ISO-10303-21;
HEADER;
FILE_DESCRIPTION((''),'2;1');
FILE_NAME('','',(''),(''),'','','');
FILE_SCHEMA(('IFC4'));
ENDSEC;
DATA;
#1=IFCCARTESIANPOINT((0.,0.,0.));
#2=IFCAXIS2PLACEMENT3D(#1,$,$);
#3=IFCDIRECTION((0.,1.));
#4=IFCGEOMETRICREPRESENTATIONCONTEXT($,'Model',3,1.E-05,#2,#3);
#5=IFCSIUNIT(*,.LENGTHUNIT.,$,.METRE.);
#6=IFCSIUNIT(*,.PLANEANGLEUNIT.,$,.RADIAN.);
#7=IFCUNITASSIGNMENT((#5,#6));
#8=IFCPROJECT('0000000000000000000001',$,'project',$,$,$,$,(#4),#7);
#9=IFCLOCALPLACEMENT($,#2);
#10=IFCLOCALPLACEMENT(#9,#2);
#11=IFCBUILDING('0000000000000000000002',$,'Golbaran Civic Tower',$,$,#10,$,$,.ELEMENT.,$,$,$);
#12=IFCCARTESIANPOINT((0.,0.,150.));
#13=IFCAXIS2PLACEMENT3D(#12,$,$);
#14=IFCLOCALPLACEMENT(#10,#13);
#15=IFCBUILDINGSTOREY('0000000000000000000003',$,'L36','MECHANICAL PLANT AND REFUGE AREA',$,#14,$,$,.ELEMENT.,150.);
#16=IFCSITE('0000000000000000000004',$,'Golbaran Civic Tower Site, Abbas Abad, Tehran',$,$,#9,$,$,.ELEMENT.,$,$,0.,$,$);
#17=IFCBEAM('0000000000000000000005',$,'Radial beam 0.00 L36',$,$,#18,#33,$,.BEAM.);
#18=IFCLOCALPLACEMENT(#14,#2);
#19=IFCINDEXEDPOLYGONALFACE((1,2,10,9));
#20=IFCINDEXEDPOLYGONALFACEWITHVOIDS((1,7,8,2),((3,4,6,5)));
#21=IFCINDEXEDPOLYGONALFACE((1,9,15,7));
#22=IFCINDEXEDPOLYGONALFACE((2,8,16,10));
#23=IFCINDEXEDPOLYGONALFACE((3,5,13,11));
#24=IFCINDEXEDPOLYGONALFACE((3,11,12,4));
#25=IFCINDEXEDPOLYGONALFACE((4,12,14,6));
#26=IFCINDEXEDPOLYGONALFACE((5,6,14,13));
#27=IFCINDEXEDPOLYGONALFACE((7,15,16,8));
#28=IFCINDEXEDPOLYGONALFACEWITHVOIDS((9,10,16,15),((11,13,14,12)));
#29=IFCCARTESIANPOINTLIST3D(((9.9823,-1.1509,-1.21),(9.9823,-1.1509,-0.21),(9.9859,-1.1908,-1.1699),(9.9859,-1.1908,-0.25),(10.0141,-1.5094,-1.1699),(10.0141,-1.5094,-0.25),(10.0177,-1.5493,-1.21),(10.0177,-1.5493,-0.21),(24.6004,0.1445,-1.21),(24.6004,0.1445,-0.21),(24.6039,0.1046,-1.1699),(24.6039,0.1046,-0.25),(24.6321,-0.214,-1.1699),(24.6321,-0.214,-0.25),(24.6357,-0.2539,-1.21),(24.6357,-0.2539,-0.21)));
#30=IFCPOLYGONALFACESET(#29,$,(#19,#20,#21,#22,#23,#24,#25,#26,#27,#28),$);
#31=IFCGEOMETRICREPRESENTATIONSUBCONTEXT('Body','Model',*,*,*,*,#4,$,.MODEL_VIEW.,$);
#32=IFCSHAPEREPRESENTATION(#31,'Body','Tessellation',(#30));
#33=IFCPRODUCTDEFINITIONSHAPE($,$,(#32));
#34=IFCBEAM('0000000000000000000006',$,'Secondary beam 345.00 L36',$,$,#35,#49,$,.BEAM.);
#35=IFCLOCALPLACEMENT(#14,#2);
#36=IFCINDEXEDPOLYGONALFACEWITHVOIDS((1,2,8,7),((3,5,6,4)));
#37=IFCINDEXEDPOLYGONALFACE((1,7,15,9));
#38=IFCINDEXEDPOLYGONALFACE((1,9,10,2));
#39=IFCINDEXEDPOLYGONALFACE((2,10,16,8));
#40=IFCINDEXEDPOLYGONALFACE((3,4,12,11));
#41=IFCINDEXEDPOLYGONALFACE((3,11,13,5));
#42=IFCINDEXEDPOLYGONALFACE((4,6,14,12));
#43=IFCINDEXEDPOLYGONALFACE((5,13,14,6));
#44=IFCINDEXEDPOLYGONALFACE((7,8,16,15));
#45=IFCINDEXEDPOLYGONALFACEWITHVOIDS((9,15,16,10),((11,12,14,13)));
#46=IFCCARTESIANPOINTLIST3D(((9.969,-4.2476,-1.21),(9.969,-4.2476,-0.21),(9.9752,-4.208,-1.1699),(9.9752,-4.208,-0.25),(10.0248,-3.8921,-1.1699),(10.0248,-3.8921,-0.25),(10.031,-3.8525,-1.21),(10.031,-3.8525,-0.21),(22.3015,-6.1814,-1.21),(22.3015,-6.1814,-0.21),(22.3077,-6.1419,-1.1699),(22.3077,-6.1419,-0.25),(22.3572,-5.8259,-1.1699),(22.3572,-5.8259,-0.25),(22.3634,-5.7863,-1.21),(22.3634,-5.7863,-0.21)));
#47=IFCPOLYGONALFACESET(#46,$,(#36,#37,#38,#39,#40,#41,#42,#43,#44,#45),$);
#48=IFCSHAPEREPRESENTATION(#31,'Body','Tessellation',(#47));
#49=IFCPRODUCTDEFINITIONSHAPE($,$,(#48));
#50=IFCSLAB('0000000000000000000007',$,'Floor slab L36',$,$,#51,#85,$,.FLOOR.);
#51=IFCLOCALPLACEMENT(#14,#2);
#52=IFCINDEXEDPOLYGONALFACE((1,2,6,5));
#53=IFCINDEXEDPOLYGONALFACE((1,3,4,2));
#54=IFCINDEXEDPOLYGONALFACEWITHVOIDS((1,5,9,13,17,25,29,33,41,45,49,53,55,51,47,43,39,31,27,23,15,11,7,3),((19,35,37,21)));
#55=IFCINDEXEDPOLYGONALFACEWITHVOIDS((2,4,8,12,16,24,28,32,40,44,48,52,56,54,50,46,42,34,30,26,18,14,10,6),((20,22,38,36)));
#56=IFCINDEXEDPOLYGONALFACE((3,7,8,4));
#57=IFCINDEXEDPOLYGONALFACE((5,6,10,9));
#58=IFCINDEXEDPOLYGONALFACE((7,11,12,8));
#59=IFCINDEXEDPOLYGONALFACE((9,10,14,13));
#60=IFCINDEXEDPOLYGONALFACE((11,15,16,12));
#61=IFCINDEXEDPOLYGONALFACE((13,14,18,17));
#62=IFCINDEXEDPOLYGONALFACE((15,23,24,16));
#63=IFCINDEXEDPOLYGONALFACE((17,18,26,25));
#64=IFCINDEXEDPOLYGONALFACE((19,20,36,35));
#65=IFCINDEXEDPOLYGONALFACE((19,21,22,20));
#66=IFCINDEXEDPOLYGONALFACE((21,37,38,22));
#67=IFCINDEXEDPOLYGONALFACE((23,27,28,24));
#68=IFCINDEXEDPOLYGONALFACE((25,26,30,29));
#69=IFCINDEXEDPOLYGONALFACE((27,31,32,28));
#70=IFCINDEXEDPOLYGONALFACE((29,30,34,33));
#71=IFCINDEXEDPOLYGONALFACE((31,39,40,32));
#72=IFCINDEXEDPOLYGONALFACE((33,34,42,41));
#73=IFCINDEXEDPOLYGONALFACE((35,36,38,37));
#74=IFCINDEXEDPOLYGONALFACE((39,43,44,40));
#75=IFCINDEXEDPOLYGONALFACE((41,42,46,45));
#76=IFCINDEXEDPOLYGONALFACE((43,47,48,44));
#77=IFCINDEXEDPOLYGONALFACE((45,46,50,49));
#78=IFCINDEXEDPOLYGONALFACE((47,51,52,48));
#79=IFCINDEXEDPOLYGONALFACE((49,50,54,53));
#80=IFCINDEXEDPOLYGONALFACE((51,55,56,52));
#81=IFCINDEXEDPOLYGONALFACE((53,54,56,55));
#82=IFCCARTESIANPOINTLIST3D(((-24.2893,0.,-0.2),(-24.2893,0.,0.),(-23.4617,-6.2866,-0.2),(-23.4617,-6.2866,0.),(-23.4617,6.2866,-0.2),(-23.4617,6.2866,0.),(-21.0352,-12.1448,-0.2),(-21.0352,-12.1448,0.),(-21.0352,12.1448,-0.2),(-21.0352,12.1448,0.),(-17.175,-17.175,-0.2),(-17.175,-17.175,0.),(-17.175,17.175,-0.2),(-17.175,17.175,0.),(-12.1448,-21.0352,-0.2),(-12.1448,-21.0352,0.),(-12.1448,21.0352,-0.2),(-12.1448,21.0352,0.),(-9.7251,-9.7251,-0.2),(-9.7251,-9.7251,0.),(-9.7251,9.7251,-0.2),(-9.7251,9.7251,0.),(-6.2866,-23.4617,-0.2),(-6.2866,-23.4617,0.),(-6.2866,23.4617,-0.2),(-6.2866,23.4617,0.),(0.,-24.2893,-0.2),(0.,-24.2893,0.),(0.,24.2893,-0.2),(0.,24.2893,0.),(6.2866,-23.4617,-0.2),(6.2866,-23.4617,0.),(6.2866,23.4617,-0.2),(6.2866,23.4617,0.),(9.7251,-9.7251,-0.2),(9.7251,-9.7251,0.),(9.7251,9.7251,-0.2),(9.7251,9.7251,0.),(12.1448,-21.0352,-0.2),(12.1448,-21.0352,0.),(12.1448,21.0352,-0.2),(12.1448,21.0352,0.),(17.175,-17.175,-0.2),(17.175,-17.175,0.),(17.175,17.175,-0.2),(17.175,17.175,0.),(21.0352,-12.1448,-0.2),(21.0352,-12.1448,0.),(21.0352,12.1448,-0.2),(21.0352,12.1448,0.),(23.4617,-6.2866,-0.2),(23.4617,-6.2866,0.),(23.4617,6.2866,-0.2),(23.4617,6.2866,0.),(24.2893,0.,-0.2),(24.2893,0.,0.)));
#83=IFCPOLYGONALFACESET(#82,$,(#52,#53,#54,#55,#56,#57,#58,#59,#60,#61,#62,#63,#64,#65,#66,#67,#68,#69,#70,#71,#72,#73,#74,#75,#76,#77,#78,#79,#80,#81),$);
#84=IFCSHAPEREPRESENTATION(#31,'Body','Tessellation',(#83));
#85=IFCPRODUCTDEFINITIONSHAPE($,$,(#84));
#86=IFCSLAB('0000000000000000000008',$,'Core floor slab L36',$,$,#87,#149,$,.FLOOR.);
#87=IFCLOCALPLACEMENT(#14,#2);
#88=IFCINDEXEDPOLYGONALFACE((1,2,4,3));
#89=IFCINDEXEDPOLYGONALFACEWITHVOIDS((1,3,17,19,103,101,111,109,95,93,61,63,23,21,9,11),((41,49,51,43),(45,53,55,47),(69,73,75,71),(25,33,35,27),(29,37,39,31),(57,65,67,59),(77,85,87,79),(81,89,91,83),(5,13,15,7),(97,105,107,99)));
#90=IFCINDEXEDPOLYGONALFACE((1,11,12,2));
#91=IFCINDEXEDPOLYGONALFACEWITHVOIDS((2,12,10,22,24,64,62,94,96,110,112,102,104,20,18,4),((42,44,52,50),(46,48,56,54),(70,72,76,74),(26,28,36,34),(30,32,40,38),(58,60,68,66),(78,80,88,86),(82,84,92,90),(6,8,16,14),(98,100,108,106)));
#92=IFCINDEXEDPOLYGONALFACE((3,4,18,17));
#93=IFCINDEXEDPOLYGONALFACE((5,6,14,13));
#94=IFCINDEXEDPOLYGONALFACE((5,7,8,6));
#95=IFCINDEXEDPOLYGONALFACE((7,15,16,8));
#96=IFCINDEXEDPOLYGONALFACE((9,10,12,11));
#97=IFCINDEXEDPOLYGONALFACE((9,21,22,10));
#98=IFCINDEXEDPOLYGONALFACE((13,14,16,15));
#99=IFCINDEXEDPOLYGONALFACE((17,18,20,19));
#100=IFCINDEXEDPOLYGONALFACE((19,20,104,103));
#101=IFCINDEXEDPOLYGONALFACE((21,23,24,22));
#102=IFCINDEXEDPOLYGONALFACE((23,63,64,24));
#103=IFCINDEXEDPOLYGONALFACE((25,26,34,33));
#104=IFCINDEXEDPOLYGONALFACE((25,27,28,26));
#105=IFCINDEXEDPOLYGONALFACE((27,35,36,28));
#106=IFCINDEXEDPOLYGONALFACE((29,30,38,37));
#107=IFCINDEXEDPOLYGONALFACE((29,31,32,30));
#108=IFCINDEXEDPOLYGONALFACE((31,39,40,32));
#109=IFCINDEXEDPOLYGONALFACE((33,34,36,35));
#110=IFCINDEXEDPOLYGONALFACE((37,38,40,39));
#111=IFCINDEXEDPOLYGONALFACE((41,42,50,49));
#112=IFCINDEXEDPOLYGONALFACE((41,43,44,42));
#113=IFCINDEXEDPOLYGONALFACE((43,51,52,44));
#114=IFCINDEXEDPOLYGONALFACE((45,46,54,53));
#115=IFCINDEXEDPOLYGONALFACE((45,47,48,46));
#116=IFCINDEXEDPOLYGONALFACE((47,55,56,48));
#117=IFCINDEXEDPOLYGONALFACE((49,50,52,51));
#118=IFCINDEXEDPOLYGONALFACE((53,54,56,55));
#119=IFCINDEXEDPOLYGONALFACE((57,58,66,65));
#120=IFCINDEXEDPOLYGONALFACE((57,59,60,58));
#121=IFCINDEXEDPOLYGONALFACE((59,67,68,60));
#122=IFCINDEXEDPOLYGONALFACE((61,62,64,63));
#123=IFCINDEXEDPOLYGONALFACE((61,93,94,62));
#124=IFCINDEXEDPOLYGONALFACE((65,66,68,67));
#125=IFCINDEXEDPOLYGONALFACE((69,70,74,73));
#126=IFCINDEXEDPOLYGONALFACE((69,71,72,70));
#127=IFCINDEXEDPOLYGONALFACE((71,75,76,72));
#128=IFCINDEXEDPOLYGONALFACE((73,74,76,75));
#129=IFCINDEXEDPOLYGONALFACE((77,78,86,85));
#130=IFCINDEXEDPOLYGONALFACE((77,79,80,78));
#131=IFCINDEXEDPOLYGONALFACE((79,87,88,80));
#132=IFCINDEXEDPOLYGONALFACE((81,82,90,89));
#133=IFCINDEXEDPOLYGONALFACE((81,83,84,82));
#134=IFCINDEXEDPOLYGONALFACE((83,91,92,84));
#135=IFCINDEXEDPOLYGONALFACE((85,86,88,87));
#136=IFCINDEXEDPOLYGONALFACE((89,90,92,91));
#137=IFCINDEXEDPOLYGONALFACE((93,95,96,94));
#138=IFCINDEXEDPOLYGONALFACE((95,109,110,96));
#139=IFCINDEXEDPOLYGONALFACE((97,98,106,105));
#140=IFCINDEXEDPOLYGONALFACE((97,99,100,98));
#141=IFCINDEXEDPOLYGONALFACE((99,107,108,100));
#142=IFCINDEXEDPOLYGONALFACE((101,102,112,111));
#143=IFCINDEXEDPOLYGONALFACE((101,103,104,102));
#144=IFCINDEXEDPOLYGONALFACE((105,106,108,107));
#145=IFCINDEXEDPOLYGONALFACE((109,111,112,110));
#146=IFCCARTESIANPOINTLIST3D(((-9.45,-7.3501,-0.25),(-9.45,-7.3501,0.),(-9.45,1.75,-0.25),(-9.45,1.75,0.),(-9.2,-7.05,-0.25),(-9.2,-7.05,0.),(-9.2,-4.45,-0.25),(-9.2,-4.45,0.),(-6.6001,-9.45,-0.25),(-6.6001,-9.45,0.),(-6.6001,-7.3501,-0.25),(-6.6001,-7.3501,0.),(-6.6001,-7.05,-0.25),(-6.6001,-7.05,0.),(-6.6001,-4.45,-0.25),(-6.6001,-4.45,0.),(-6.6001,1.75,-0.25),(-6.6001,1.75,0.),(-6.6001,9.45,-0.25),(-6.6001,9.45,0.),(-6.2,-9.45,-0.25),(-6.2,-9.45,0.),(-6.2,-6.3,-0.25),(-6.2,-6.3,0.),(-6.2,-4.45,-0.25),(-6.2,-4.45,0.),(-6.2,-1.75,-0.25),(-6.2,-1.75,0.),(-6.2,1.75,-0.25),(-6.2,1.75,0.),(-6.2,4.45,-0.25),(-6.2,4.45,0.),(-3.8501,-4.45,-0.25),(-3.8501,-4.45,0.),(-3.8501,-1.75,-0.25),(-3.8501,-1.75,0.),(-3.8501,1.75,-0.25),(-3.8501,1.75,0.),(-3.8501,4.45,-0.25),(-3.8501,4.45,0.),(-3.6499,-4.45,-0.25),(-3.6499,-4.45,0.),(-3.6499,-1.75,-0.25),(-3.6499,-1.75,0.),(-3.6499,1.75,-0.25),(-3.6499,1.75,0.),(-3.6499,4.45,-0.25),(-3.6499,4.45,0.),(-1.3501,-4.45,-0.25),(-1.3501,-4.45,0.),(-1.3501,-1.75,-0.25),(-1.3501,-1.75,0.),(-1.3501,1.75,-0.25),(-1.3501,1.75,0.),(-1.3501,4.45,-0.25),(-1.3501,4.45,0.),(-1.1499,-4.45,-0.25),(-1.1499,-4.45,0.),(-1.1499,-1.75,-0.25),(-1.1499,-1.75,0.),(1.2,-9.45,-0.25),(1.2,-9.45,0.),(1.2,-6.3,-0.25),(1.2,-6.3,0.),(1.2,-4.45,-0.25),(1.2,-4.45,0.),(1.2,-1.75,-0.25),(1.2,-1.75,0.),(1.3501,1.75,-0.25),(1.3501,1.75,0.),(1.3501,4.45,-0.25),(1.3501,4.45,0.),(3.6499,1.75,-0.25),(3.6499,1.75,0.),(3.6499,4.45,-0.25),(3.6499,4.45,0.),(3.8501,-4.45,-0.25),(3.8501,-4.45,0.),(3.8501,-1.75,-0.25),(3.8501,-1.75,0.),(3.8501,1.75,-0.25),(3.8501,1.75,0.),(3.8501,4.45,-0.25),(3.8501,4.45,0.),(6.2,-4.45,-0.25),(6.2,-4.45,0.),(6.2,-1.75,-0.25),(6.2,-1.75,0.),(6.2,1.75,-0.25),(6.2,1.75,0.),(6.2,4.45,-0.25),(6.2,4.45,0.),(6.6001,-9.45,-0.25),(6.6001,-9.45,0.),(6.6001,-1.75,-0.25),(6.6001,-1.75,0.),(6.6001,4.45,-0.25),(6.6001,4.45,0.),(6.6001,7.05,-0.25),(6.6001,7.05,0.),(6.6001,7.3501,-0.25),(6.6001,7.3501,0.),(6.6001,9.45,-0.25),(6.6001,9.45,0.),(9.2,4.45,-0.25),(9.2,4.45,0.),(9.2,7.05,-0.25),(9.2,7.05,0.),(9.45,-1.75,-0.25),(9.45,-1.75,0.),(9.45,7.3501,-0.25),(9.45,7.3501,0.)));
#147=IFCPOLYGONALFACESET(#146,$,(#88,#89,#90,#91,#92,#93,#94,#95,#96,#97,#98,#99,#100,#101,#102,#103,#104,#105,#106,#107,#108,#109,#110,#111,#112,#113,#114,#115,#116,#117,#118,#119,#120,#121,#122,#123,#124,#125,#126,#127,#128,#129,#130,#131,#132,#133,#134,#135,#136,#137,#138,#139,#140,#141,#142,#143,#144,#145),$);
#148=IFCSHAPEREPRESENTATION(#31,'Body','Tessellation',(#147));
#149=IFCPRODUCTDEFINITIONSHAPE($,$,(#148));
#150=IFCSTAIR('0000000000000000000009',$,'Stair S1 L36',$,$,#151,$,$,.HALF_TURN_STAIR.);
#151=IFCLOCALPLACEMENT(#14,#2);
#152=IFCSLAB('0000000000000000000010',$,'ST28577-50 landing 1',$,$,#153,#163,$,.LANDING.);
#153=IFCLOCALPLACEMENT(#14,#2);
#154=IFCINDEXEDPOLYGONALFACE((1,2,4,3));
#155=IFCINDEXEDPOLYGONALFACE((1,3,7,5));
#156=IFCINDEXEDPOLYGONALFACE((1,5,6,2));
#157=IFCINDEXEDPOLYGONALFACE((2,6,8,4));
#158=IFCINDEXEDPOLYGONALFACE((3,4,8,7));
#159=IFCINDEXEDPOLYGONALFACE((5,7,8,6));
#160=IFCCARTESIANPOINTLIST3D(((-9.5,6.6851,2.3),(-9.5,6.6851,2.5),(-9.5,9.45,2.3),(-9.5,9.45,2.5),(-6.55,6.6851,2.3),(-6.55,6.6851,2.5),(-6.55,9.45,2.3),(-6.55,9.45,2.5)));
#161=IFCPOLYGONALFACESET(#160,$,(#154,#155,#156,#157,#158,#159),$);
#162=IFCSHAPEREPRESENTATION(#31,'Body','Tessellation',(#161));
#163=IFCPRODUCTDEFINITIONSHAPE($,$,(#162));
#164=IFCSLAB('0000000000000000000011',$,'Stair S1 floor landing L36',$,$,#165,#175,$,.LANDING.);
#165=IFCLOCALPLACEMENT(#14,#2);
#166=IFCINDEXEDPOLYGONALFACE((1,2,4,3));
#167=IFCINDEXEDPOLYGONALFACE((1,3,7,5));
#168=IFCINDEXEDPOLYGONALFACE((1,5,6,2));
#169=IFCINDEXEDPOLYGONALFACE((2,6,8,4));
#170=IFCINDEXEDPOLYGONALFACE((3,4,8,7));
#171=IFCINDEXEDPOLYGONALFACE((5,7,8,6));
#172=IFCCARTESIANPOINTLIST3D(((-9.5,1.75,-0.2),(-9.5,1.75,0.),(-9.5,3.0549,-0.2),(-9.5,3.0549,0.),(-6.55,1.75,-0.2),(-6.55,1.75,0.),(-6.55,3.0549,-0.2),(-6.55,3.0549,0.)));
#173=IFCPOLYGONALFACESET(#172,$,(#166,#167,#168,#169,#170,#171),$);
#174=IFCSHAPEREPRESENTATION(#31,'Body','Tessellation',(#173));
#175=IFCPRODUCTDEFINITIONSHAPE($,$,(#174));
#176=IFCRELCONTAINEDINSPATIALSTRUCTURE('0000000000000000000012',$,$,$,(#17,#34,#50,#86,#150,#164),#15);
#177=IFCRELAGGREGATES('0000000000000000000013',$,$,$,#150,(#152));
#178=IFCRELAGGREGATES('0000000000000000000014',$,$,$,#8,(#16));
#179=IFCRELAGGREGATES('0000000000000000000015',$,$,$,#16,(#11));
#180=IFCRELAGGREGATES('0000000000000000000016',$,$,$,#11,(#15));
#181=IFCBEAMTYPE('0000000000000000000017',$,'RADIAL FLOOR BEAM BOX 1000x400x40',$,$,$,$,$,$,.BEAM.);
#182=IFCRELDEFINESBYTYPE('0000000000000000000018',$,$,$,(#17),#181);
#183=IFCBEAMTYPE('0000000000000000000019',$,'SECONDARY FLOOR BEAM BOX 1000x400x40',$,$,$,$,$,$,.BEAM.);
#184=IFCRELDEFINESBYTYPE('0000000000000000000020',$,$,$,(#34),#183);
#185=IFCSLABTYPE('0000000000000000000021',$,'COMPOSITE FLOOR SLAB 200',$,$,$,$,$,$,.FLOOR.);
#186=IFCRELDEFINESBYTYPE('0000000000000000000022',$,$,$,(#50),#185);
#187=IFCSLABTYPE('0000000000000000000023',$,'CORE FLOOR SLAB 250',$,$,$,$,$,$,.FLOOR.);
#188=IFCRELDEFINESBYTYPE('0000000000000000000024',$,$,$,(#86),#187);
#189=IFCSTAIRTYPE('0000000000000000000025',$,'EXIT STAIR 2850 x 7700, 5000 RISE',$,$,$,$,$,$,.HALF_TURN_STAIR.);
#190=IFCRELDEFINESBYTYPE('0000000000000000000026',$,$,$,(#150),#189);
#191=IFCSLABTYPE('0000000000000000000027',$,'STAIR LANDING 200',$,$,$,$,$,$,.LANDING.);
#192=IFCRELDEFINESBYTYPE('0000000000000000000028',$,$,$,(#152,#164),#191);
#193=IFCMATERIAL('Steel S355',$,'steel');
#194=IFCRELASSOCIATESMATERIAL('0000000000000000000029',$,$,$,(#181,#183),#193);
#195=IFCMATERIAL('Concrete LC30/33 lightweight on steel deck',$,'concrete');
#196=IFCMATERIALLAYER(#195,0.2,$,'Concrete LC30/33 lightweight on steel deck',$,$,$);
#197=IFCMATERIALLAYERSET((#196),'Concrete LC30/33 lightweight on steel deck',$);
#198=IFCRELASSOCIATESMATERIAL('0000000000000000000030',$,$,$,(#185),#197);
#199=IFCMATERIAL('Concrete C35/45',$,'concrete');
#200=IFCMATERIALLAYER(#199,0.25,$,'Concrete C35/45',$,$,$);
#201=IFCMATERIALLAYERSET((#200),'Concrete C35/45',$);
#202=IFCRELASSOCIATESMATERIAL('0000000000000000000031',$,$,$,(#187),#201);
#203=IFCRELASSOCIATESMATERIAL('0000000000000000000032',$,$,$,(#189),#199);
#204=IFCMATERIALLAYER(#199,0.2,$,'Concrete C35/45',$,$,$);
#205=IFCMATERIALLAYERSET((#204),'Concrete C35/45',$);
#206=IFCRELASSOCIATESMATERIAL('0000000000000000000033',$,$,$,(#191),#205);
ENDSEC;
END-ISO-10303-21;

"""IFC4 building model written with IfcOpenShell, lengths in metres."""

from ifc_helpers import new_model, si_unit, direction, frame, origin, origin_2d, place, context, subcontext, project, spatial, polyline, hollow_rectangle, outline, extrude, material, layer, layer_set, material_profile, profile_set, type_object, element, aggregate, save


model = new_model("IFC4")

# Units and contexts
model_context = context("Model", 3, precision=1e-05, world=origin(), true_north=direction((0.0, 1.0)))
body_context = subcontext(model_context, "Body", "Model", "MODEL_VIEW")
ifc_project = project(units=[si_unit("LENGTHUNIT", "METRE"), si_unit("PLANEANGLEUNIT", "RADIAN")], contexts=[model_context])

# Site, building, storey
site_placement = place(None, origin())
site = spatial("IfcSite", under=ifc_project, at=site_placement, Name="Golbaran Civic Tower Site, Abbas Abad, Tehran", CompositionType="ELEMENT", RefElevation=0.0)
building_placement = place(site_placement, origin())
building = spatial("IfcBuilding", under=site, at=building_placement, Name="Golbaran Civic Tower", CompositionType="ELEMENT")
storey_placement = place(building_placement, frame((0.0, 0.0, 150.0)))
storey = spatial("IfcBuildingStorey", under=building, at=storey_placement, Name="L36", Description="MECHANICAL PLANT AND REFUGE AREA", CompositionType="ELEMENT", Elevation=150.0)

# Beams
ifc_material_1 = material(Name="Steel S355", Category="steel")
ifc_material_profile_1 = material_profile(ifc_material_1, hollow_rectangle(XDim=0.3999, YDim=1.0, WallThickness=0.04, at=origin_2d()), Name="BOX 1000x400x40")
ifc_profile_set_1 = profile_set([ifc_material_profile_1], Name="Steel S355")
beam_type_1 = type_object("IfcBeamType", Name="RADIAL FLOOR BEAM BOX 1000x400x40", PredefinedType="BEAM", material=ifc_profile_set_1)
beam_1_placement = place(storey_placement, frame((10.0, -1.3501, -0.71), z_axis=(0.996096, 0.088272, 0.0), x_axis=(-0.088272, 0.996096, 0.0)))
element("IfcBeam", 1, at=beam_1_placement, inside=storey, type_object=beam_type_1, Name="Radial beam 0.00 L36", PredefinedType="BEAM", context=body_context, shape_type="SweptSolid", body=[
    extrude(hollow_rectangle(XDim=0.3999, YDim=1.0, WallThickness=0.04, at=origin_2d()), origin(), (0.0, 0.0, 1.0), 14.6753),
])
ifc_material_profile_2 = material_profile(ifc_material_1, hollow_rectangle(XDim=0.3999, YDim=1.0, WallThickness=0.04, at=origin_2d()), Name="BOX 1000x400x40")
ifc_profile_set_2 = profile_set([ifc_material_profile_2], Name="Steel S355")
beam_type_2 = type_object("IfcBeamType", Name="SECONDARY FLOOR BEAM BOX 1000x400x40", PredefinedType="BEAM", material=ifc_profile_set_2)
beam_2_placement = place(storey_placement, frame((10.0, -4.05, -0.71), z_axis=(0.987928, -0.154915, 0.0), x_axis=(0.154915, 0.987928, 0.0)))
element("IfcBeam", 2, at=beam_2_placement, inside=storey, type_object=beam_type_2, Name="Secondary beam 345.00 L36", PredefinedType="BEAM", context=body_context, shape_type="SweptSolid", body=[
    extrude(hollow_rectangle(XDim=0.3999, YDim=1.0, WallThickness=0.04, at=origin_2d()), origin(), (0.0, 0.0, 1.0), 12.4832),
])

# Slabs
ifc_material_2 = material(Name="Concrete LC30/33 lightweight on steel deck", Category="concrete")
ifc_layer_1 = layer(ifc_material_2, 0.2, Name="Concrete LC30/33 lightweight on steel deck")
ifc_layer_set_1 = layer_set([ifc_layer_1], Name="Concrete LC30/33 lightweight on steel deck")
slab_type_1 = type_object("IfcSlabType", Name="COMPOSITE FLOOR SLAB 200", PredefinedType="FLOOR", material=ifc_layer_set_1)
slab_1_placement = place(storey_placement, frame((0.0, 0.0, -0.2)))
element("IfcSlab", 3, at=slab_1_placement, inside=storey, type_object=slab_type_1, Name="Floor slab L36", PredefinedType="FLOOR", context=body_context, shape_type="SweptSolid", body=[
    extrude(outline(polyline([(21.0352, -12.1448), (17.175, -17.175), (12.1448, -21.0352), (6.2866, -23.4617), (0.0, -24.2893), (-6.2866, -23.4617), (-12.1448, -21.0352), (-17.175, -17.175), (-21.0352, -12.1448), (-23.4617, -6.2866), (-24.2893, 0.0), (-23.4617, 6.2866), (-21.0352, 12.1448), (-17.175, 17.175), (-12.1448, 21.0352), (-6.2866, 23.4617), (0.0, 24.2893), (6.2866, 23.4617), (12.1448, 21.0352), (17.175, 17.175), (21.0352, 12.1448), (23.4617, 6.2866), (24.2893, 0.0), (23.4617, -6.2866), (21.0352, -12.1448)]), holes=[polyline([(-9.7251, 9.7251), (-9.7251, -9.7251), (9.7251, -9.7251), (9.7251, 9.7251), (-9.7251, 9.7251)])]), origin(), (0.0, 0.0, 1.0), 0.2),
])
ifc_material_3 = material(Name="Concrete C35/45", Category="concrete")
ifc_layer_2 = layer(ifc_material_3, 0.25, Name="Concrete C35/45")
ifc_layer_set_2 = layer_set([ifc_layer_2], Name="Concrete C35/45")
slab_type_2 = type_object("IfcSlabType", Name="CORE FLOOR SLAB 250", PredefinedType="FLOOR", material=ifc_layer_set_2)
slab_2_placement = place(storey_placement, frame((0.0, 0.0, -0.25)))
element("IfcSlab", 4, at=slab_2_placement, inside=storey, type_object=slab_type_2, Name="Core floor slab L36", PredefinedType="FLOOR", context=body_context, shape_type="SweptSolid", body=[
    extrude(outline(polyline([(6.6001, -1.75), (6.6001, -9.45), (1.2, -9.45), (1.2, -6.3), (-6.2, -6.3), (-6.2, -9.45), (-6.6001, -9.45), (-6.6001, -7.3501), (-9.45, -7.3501), (-9.45, 1.75), (-6.6001, 1.75), (-6.6001, 9.45), (6.6001, 9.45), (6.6001, 7.3501), (9.45, 7.3501), (9.45, -1.75), (6.6001, -1.75)]), holes=[polyline([(9.2, 7.05), (6.6001, 7.05), (6.6001, 4.45), (9.2, 4.45), (9.2, 7.05)]), polyline([(6.2, -1.75), (3.8501, -1.75), (3.8501, -4.45), (6.2, -4.45), (6.2, -1.75)]), polyline([(6.2, 4.45), (3.8501, 4.45), (3.8501, 1.75), (6.2, 1.75), (6.2, 4.45)]), polyline([(3.6499, 4.45), (1.3501, 4.45), (1.3501, 1.75), (3.6499, 1.75), (3.6499, 4.45)]), polyline([(1.2, -1.75), (-1.1499, -1.75), (-1.1499, -4.45), (1.2, -4.45), (1.2, -1.75)]), polyline([(-1.3501, 4.45), (-3.6499, 4.45), (-3.6499, 1.75), (-1.3501, 1.75), (-1.3501, 4.45)]), polyline([(-1.3501, -1.75), (-3.6499, -1.75), (-3.6499, -4.45), (-1.3501, -4.45), (-1.3501, -1.75)]), polyline([(-3.8501, -1.75), (-6.2, -1.75), (-6.2, -4.45), (-3.8501, -4.45), (-3.8501, -1.75)]), polyline([(-3.8501, 4.45), (-6.2, 4.45), (-6.2, 1.75), (-3.8501, 1.75), (-3.8501, 4.45)]), polyline([(-6.6001, -4.45), (-9.2, -4.45), (-9.2, -7.05), (-6.6001, -7.05), (-6.6001, -4.45)])]), origin(), (0.0, 0.0, 1.0), 0.25),
])

# Stair, slab
stair_type_1 = type_object("IfcStairType", Name="EXIT STAIR 2850 x 7700, 5000 RISE", PredefinedType="HALF_TURN_STAIR", material=ifc_material_3)
stair_1_placement = place(storey_placement, origin())
stair_1 = element("IfcStair", 5, at=stair_1_placement, inside=storey, type_object=stair_type_1, Name="Stair S1 L36", PredefinedType="HALF_TURN_STAIR")
ifc_layer_3 = layer(ifc_material_3, 0.2, Name="Concrete C35/45")
ifc_layer_set_3 = layer_set([ifc_layer_3], Name="Concrete C35/45")
slab_type_3 = type_object("IfcSlabType", Name="STAIR LANDING 200", PredefinedType="LANDING", material=ifc_layer_set_3)
slab_3_placement = place(storey_placement, frame((0.0, 0.0, 2.3)))
slab_3 = element("IfcSlab", 6, at=slab_3_placement, type_object=slab_type_3, Name="ST28577-50 landing 1", PredefinedType="LANDING", context=body_context, shape_type="SweptSolid", body=[
    extrude(outline(polyline([(-9.5, 6.6851), (-9.5, 9.45), (-6.55, 9.45), (-6.55, 6.6851), (-9.5, 6.6851)])), origin(), (0.0, 0.0, 1.0), 0.2),
])
aggregate(stair_1, [slab_3])

# Slab
slab_4_placement = place(storey_placement, frame((0.0, 0.0, -0.2)))
element("IfcSlab", 7, at=slab_4_placement, inside=storey, type_object=slab_type_3, Name="Stair S1 floor landing L36", PredefinedType="LANDING", context=body_context, shape_type="SweptSolid", body=[
    extrude(outline(polyline([(-9.5, 1.75), (-9.5, 3.0549), (-6.55, 3.0549), (-6.55, 1.75), (-9.5, 1.75)])), origin(), (0.0, 0.0, 1.0), 0.2),
])

save(model, "model.ifc")
